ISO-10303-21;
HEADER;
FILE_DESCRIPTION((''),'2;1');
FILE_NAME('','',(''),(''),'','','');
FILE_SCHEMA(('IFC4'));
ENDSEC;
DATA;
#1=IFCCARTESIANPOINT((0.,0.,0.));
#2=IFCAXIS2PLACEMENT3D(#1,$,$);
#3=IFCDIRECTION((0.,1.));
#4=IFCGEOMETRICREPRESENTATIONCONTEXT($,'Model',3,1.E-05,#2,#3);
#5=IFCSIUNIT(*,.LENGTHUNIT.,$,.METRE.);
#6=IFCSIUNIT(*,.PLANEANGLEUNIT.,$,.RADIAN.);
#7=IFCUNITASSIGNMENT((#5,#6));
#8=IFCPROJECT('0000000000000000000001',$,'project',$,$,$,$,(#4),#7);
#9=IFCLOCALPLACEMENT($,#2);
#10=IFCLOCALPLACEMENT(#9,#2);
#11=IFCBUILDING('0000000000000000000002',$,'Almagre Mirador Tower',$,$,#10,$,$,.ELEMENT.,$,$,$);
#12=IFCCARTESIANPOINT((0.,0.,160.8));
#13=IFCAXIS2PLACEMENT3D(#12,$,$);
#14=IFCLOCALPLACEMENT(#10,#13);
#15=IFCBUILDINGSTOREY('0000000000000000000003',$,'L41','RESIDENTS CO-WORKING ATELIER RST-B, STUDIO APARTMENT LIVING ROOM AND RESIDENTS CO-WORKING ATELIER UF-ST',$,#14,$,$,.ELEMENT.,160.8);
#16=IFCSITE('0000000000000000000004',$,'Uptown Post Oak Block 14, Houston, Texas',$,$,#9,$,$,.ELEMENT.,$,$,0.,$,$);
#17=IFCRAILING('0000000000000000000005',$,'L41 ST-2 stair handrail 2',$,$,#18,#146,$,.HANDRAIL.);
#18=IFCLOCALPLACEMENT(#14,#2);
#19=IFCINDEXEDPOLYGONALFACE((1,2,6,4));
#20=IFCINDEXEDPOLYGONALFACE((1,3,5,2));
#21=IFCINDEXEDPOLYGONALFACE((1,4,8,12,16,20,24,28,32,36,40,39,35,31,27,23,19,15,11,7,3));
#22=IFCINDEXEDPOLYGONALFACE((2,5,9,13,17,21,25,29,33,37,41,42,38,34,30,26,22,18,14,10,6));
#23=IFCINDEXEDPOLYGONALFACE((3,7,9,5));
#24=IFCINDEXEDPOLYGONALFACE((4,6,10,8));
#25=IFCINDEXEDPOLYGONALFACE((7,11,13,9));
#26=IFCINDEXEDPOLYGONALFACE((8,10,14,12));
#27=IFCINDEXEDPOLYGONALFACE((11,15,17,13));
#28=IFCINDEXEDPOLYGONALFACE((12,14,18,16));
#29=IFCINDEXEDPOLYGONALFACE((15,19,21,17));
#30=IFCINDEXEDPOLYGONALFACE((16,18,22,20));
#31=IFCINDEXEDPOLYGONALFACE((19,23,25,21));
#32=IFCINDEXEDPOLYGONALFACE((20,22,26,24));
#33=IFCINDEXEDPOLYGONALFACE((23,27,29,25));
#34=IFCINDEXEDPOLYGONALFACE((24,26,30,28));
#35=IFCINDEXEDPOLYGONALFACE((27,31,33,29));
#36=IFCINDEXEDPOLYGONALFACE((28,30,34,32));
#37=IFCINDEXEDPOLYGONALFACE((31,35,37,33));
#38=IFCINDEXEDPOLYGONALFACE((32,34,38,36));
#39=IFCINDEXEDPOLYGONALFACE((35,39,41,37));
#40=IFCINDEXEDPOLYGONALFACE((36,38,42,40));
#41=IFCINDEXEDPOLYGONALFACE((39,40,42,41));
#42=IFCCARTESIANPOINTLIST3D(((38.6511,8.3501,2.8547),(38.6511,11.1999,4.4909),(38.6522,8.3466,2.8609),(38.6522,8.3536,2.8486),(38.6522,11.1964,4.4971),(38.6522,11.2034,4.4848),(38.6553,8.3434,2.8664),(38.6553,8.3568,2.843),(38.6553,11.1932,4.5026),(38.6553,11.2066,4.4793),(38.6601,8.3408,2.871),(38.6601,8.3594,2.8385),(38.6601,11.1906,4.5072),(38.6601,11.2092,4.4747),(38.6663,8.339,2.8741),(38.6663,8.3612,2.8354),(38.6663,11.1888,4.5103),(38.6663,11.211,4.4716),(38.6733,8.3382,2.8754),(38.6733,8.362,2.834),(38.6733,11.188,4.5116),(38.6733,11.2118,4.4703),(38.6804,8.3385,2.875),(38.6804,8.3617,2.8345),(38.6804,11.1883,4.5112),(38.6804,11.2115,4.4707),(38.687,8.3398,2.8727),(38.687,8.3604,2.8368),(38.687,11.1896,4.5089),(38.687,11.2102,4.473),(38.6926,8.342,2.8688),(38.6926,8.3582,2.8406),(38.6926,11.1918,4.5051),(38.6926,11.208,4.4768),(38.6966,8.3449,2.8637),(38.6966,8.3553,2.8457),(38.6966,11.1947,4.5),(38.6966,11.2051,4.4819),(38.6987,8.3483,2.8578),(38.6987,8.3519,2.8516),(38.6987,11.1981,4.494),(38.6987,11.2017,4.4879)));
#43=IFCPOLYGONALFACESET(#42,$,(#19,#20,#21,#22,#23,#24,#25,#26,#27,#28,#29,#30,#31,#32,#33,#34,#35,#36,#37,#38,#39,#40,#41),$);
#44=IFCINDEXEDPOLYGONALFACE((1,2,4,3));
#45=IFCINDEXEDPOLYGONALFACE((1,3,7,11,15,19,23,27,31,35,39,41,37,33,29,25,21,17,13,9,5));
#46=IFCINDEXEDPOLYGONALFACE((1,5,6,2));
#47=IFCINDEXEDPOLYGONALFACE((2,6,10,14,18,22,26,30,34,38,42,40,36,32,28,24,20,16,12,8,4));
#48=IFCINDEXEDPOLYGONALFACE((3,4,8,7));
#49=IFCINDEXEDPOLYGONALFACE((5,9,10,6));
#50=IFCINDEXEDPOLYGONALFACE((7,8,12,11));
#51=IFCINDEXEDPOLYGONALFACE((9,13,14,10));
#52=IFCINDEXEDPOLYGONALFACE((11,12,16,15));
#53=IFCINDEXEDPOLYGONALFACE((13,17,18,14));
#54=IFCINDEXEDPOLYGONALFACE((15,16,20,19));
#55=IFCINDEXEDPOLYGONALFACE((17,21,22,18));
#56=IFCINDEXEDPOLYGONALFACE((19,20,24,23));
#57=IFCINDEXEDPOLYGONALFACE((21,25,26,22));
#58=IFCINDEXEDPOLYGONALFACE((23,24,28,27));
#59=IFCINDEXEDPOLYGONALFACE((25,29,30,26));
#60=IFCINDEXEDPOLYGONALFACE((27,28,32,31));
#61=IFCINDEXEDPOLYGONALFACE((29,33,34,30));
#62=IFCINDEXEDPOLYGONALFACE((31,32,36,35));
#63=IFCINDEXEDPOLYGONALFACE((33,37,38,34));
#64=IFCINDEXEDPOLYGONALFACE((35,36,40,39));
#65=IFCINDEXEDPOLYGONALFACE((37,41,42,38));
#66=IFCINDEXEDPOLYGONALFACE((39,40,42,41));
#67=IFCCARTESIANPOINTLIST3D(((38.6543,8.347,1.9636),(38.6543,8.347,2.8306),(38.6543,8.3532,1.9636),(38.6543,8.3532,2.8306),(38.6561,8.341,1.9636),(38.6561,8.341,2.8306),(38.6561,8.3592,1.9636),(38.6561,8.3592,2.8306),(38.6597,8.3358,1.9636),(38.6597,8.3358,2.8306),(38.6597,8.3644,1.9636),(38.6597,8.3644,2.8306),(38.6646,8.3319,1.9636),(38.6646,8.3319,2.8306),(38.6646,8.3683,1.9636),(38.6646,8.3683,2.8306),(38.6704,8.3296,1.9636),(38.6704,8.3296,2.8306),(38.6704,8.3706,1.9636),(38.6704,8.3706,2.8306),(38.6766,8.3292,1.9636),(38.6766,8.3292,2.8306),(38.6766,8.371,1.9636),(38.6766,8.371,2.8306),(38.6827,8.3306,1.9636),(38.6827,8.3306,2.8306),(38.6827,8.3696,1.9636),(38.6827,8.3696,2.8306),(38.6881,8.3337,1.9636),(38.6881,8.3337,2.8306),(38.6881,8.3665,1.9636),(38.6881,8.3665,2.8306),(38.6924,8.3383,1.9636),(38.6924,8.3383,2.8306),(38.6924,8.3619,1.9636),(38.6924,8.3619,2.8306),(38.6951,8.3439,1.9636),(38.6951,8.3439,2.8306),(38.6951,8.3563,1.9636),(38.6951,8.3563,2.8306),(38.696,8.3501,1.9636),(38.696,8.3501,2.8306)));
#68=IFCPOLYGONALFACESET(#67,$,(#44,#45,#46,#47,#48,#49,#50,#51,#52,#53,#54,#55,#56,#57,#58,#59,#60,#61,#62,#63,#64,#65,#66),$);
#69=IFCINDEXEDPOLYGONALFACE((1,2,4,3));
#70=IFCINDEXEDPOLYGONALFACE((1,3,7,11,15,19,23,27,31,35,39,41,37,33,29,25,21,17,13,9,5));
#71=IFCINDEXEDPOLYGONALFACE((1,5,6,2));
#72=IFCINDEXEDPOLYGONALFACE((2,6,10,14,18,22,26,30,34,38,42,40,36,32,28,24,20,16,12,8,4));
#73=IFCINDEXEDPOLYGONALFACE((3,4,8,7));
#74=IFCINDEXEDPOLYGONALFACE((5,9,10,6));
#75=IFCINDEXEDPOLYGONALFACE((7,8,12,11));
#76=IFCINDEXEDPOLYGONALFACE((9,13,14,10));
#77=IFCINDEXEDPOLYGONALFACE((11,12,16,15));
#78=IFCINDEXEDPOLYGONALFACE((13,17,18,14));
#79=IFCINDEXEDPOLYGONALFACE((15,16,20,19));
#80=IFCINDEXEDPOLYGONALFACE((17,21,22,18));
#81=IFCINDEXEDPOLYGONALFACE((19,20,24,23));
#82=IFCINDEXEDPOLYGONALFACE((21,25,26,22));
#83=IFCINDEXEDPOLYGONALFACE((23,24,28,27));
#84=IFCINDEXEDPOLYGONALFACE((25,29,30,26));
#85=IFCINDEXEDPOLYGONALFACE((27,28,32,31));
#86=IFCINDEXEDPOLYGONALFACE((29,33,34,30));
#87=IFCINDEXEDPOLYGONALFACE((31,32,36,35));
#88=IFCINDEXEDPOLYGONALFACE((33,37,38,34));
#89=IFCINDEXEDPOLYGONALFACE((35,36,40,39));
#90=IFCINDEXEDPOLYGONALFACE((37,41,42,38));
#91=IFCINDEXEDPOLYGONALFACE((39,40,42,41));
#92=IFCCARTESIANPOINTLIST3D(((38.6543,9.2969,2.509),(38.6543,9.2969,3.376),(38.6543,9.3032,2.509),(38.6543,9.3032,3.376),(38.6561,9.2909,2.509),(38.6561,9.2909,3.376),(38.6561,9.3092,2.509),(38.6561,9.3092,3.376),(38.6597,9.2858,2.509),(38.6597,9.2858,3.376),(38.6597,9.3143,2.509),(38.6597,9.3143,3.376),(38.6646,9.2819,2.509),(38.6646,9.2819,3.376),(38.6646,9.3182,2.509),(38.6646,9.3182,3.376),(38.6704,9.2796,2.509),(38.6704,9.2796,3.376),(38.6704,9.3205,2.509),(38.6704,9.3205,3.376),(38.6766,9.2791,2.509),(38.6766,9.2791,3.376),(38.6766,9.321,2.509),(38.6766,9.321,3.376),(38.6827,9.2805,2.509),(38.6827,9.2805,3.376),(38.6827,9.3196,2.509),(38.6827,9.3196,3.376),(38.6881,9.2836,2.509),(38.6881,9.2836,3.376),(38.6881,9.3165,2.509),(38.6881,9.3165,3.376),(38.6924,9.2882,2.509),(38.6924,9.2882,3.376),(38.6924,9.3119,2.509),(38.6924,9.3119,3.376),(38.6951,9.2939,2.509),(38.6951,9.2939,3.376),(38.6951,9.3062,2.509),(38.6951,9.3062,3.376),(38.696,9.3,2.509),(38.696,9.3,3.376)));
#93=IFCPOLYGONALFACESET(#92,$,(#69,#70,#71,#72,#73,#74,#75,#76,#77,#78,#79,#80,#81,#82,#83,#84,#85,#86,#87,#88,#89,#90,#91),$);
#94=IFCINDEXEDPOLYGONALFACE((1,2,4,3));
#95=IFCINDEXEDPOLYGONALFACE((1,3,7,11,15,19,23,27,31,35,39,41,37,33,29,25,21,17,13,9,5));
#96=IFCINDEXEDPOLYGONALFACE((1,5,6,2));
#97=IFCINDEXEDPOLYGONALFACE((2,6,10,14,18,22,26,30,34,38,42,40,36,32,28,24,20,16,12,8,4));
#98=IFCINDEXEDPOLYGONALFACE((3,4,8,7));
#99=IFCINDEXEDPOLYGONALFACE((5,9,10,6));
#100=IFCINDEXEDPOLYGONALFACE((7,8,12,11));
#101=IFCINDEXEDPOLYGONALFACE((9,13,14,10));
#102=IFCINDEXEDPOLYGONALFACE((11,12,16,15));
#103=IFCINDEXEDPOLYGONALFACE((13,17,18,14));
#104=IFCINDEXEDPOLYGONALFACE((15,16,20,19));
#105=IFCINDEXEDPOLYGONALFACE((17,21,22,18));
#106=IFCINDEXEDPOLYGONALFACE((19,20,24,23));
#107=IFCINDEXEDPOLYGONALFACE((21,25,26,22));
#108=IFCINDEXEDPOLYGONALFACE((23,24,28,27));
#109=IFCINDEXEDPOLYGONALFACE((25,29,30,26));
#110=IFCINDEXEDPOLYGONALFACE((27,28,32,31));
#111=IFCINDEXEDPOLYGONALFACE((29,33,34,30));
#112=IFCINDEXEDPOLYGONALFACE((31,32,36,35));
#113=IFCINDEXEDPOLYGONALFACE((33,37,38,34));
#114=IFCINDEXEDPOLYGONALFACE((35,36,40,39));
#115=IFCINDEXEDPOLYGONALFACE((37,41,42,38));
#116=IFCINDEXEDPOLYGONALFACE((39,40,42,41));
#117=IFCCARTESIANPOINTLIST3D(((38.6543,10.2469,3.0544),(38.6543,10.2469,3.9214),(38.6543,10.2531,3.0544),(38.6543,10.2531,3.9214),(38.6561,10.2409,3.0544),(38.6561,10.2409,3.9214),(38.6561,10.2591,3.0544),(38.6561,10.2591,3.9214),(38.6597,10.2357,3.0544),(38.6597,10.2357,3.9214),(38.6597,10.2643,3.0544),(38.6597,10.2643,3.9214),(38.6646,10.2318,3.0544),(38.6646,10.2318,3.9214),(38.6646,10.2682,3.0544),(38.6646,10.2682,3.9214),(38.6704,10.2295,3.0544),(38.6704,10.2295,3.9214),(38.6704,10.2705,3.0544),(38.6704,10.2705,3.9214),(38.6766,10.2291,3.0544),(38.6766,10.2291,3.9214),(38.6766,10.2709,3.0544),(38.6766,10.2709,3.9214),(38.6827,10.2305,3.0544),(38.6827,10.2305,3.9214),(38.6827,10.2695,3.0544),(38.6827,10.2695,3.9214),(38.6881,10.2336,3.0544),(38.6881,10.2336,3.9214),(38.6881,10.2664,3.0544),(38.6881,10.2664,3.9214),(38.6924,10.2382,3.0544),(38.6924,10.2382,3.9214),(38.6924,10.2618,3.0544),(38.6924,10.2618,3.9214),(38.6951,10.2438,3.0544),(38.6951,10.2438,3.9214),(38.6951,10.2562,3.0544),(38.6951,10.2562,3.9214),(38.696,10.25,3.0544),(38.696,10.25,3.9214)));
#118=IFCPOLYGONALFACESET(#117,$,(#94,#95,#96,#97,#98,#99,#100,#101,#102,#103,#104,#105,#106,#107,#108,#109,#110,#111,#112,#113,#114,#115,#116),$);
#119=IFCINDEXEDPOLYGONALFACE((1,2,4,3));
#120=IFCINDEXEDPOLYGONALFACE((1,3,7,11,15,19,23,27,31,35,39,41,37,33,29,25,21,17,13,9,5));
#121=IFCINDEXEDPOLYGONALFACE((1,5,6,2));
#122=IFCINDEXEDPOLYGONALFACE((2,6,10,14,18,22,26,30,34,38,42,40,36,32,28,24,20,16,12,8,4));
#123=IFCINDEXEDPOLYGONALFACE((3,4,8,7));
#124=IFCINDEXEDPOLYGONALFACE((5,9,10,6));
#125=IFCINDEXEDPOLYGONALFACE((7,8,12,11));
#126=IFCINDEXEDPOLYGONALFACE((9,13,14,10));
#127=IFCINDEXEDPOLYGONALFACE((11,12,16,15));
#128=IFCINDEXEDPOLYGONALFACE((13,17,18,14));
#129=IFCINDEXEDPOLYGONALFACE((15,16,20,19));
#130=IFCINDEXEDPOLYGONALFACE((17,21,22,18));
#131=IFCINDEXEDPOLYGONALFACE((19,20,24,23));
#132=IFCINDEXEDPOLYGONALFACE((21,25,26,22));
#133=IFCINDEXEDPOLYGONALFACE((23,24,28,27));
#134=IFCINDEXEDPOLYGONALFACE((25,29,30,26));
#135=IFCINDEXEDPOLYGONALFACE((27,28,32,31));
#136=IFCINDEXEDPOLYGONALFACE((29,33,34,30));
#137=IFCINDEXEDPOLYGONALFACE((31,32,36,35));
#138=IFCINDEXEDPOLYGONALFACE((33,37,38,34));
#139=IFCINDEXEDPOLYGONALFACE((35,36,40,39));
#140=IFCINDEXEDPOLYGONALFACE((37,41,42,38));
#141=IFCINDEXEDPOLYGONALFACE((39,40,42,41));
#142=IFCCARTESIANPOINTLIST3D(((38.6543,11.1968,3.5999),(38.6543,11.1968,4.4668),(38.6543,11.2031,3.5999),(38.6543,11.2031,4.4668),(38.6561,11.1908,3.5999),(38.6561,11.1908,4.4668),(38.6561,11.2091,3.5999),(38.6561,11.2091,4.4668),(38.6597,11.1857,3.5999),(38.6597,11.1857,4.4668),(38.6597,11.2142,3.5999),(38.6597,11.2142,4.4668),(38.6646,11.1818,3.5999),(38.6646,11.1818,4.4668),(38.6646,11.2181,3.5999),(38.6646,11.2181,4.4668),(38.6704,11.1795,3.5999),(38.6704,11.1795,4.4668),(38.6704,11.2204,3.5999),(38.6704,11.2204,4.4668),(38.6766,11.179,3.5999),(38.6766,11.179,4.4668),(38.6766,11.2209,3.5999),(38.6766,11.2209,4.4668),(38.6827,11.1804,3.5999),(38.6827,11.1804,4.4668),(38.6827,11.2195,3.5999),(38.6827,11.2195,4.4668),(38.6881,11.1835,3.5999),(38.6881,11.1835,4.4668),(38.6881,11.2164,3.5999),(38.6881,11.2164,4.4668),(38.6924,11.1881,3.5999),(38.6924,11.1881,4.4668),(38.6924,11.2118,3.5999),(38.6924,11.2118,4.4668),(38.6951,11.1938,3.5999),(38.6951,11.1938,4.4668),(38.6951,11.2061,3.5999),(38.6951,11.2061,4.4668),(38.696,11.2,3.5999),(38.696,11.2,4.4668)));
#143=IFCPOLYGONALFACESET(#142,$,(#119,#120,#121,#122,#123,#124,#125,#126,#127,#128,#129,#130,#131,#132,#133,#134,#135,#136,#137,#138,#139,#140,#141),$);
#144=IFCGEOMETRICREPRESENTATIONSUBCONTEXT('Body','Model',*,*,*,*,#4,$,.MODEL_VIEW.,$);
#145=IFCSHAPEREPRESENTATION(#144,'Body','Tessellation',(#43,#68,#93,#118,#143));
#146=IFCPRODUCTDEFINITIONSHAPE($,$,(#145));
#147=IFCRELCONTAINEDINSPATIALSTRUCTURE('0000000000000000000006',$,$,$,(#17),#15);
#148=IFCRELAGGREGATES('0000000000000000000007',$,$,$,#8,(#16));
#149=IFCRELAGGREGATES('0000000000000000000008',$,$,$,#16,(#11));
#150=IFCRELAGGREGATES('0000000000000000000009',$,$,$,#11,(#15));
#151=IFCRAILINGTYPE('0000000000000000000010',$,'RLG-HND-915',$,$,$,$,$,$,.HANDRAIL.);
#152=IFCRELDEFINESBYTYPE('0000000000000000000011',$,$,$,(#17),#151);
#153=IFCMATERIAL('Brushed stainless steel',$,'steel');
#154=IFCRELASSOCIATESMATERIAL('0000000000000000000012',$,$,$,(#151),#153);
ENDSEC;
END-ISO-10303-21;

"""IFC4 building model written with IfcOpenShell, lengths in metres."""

from ifc_helpers import new_model, si_unit, direction, frame, origin, origin_2d, place, context, subcontext, project, spatial, circle, extrude, material, type_object, element, save


model = new_model("IFC4")

# Units and contexts
model_context = context("Model", 3, precision=1e-05, world=origin(), true_north=direction((0.0, 1.0)))
body_context = subcontext(model_context, "Body", "Model", "MODEL_VIEW")
ifc_project = project(units=[si_unit("LENGTHUNIT", "METRE"), si_unit("PLANEANGLEUNIT", "RADIAN")], contexts=[model_context])

# Site, building, storey
site_placement = place(None, origin())
site = spatial("IfcSite", under=ifc_project, at=site_placement, Name="Uptown Post Oak Block 14, Houston, Texas", CompositionType="ELEMENT", RefElevation=0.0)
building_placement = place(site_placement, origin())
building = spatial("IfcBuilding", under=site, at=building_placement, Name="Almagre Mirador Tower", CompositionType="ELEMENT")
storey_placement = place(building_placement, frame((0.0, 0.0, 160.8)))
storey = spatial("IfcBuildingStorey", under=building, at=storey_placement, Name="L41", Description="RESIDENTS CO-WORKING ATELIER RST-B, STUDIO APARTMENT LIVING ROOM AND RESIDENTS CO-WORKING ATELIER UF-ST", CompositionType="ELEMENT", Elevation=160.8)

# Railing
ifc_material_1 = material(Name="Brushed stainless steel", Category="steel")
railing_type_1 = type_object("IfcRailingType", Name="RLG-HND-915", PredefinedType="HANDRAIL", material=ifc_material_1)
railing_1_placement = place(storey_placement, frame((38.675, 8.3501, 1.9636)))
element("IfcRailing", 1, at=railing_1_placement, inside=storey, type_object=railing_type_1, Name="L41 ST-2 stair handrail 2", PredefinedType="HANDRAIL", context=body_context, shape_type="SweptSolid", body=[
    extrude(circle(Radius=0.0239, at=origin_2d()), frame((0.0, 0.0, 0.8911), z_axis=(0.0, 0.867226, 0.497914), x_axis=(-1.0, 0.0, 0.0)), (0.0, 0.0, 1.0), 3.2861),
    extrude(circle(Radius=0.021, at=origin_2d()), origin(), (0.0, 0.0, 1.0), 0.8669),
    extrude(circle(Radius=0.021, at=origin_2d()), frame((0.0, 0.95, 0.5454)), (0.0, 0.0, 1.0), 0.8669),
    extrude(circle(Radius=0.021, at=origin_2d()), frame((0.0, 1.8999, 1.0908)), (0.0, 0.0, 1.0), 0.8669),
    extrude(circle(Radius=0.021, at=origin_2d()), frame((0.0, 2.8499, 1.6362)), (0.0, 0.0, 1.0), 0.8669),
])

save(model, "model.ifc")
